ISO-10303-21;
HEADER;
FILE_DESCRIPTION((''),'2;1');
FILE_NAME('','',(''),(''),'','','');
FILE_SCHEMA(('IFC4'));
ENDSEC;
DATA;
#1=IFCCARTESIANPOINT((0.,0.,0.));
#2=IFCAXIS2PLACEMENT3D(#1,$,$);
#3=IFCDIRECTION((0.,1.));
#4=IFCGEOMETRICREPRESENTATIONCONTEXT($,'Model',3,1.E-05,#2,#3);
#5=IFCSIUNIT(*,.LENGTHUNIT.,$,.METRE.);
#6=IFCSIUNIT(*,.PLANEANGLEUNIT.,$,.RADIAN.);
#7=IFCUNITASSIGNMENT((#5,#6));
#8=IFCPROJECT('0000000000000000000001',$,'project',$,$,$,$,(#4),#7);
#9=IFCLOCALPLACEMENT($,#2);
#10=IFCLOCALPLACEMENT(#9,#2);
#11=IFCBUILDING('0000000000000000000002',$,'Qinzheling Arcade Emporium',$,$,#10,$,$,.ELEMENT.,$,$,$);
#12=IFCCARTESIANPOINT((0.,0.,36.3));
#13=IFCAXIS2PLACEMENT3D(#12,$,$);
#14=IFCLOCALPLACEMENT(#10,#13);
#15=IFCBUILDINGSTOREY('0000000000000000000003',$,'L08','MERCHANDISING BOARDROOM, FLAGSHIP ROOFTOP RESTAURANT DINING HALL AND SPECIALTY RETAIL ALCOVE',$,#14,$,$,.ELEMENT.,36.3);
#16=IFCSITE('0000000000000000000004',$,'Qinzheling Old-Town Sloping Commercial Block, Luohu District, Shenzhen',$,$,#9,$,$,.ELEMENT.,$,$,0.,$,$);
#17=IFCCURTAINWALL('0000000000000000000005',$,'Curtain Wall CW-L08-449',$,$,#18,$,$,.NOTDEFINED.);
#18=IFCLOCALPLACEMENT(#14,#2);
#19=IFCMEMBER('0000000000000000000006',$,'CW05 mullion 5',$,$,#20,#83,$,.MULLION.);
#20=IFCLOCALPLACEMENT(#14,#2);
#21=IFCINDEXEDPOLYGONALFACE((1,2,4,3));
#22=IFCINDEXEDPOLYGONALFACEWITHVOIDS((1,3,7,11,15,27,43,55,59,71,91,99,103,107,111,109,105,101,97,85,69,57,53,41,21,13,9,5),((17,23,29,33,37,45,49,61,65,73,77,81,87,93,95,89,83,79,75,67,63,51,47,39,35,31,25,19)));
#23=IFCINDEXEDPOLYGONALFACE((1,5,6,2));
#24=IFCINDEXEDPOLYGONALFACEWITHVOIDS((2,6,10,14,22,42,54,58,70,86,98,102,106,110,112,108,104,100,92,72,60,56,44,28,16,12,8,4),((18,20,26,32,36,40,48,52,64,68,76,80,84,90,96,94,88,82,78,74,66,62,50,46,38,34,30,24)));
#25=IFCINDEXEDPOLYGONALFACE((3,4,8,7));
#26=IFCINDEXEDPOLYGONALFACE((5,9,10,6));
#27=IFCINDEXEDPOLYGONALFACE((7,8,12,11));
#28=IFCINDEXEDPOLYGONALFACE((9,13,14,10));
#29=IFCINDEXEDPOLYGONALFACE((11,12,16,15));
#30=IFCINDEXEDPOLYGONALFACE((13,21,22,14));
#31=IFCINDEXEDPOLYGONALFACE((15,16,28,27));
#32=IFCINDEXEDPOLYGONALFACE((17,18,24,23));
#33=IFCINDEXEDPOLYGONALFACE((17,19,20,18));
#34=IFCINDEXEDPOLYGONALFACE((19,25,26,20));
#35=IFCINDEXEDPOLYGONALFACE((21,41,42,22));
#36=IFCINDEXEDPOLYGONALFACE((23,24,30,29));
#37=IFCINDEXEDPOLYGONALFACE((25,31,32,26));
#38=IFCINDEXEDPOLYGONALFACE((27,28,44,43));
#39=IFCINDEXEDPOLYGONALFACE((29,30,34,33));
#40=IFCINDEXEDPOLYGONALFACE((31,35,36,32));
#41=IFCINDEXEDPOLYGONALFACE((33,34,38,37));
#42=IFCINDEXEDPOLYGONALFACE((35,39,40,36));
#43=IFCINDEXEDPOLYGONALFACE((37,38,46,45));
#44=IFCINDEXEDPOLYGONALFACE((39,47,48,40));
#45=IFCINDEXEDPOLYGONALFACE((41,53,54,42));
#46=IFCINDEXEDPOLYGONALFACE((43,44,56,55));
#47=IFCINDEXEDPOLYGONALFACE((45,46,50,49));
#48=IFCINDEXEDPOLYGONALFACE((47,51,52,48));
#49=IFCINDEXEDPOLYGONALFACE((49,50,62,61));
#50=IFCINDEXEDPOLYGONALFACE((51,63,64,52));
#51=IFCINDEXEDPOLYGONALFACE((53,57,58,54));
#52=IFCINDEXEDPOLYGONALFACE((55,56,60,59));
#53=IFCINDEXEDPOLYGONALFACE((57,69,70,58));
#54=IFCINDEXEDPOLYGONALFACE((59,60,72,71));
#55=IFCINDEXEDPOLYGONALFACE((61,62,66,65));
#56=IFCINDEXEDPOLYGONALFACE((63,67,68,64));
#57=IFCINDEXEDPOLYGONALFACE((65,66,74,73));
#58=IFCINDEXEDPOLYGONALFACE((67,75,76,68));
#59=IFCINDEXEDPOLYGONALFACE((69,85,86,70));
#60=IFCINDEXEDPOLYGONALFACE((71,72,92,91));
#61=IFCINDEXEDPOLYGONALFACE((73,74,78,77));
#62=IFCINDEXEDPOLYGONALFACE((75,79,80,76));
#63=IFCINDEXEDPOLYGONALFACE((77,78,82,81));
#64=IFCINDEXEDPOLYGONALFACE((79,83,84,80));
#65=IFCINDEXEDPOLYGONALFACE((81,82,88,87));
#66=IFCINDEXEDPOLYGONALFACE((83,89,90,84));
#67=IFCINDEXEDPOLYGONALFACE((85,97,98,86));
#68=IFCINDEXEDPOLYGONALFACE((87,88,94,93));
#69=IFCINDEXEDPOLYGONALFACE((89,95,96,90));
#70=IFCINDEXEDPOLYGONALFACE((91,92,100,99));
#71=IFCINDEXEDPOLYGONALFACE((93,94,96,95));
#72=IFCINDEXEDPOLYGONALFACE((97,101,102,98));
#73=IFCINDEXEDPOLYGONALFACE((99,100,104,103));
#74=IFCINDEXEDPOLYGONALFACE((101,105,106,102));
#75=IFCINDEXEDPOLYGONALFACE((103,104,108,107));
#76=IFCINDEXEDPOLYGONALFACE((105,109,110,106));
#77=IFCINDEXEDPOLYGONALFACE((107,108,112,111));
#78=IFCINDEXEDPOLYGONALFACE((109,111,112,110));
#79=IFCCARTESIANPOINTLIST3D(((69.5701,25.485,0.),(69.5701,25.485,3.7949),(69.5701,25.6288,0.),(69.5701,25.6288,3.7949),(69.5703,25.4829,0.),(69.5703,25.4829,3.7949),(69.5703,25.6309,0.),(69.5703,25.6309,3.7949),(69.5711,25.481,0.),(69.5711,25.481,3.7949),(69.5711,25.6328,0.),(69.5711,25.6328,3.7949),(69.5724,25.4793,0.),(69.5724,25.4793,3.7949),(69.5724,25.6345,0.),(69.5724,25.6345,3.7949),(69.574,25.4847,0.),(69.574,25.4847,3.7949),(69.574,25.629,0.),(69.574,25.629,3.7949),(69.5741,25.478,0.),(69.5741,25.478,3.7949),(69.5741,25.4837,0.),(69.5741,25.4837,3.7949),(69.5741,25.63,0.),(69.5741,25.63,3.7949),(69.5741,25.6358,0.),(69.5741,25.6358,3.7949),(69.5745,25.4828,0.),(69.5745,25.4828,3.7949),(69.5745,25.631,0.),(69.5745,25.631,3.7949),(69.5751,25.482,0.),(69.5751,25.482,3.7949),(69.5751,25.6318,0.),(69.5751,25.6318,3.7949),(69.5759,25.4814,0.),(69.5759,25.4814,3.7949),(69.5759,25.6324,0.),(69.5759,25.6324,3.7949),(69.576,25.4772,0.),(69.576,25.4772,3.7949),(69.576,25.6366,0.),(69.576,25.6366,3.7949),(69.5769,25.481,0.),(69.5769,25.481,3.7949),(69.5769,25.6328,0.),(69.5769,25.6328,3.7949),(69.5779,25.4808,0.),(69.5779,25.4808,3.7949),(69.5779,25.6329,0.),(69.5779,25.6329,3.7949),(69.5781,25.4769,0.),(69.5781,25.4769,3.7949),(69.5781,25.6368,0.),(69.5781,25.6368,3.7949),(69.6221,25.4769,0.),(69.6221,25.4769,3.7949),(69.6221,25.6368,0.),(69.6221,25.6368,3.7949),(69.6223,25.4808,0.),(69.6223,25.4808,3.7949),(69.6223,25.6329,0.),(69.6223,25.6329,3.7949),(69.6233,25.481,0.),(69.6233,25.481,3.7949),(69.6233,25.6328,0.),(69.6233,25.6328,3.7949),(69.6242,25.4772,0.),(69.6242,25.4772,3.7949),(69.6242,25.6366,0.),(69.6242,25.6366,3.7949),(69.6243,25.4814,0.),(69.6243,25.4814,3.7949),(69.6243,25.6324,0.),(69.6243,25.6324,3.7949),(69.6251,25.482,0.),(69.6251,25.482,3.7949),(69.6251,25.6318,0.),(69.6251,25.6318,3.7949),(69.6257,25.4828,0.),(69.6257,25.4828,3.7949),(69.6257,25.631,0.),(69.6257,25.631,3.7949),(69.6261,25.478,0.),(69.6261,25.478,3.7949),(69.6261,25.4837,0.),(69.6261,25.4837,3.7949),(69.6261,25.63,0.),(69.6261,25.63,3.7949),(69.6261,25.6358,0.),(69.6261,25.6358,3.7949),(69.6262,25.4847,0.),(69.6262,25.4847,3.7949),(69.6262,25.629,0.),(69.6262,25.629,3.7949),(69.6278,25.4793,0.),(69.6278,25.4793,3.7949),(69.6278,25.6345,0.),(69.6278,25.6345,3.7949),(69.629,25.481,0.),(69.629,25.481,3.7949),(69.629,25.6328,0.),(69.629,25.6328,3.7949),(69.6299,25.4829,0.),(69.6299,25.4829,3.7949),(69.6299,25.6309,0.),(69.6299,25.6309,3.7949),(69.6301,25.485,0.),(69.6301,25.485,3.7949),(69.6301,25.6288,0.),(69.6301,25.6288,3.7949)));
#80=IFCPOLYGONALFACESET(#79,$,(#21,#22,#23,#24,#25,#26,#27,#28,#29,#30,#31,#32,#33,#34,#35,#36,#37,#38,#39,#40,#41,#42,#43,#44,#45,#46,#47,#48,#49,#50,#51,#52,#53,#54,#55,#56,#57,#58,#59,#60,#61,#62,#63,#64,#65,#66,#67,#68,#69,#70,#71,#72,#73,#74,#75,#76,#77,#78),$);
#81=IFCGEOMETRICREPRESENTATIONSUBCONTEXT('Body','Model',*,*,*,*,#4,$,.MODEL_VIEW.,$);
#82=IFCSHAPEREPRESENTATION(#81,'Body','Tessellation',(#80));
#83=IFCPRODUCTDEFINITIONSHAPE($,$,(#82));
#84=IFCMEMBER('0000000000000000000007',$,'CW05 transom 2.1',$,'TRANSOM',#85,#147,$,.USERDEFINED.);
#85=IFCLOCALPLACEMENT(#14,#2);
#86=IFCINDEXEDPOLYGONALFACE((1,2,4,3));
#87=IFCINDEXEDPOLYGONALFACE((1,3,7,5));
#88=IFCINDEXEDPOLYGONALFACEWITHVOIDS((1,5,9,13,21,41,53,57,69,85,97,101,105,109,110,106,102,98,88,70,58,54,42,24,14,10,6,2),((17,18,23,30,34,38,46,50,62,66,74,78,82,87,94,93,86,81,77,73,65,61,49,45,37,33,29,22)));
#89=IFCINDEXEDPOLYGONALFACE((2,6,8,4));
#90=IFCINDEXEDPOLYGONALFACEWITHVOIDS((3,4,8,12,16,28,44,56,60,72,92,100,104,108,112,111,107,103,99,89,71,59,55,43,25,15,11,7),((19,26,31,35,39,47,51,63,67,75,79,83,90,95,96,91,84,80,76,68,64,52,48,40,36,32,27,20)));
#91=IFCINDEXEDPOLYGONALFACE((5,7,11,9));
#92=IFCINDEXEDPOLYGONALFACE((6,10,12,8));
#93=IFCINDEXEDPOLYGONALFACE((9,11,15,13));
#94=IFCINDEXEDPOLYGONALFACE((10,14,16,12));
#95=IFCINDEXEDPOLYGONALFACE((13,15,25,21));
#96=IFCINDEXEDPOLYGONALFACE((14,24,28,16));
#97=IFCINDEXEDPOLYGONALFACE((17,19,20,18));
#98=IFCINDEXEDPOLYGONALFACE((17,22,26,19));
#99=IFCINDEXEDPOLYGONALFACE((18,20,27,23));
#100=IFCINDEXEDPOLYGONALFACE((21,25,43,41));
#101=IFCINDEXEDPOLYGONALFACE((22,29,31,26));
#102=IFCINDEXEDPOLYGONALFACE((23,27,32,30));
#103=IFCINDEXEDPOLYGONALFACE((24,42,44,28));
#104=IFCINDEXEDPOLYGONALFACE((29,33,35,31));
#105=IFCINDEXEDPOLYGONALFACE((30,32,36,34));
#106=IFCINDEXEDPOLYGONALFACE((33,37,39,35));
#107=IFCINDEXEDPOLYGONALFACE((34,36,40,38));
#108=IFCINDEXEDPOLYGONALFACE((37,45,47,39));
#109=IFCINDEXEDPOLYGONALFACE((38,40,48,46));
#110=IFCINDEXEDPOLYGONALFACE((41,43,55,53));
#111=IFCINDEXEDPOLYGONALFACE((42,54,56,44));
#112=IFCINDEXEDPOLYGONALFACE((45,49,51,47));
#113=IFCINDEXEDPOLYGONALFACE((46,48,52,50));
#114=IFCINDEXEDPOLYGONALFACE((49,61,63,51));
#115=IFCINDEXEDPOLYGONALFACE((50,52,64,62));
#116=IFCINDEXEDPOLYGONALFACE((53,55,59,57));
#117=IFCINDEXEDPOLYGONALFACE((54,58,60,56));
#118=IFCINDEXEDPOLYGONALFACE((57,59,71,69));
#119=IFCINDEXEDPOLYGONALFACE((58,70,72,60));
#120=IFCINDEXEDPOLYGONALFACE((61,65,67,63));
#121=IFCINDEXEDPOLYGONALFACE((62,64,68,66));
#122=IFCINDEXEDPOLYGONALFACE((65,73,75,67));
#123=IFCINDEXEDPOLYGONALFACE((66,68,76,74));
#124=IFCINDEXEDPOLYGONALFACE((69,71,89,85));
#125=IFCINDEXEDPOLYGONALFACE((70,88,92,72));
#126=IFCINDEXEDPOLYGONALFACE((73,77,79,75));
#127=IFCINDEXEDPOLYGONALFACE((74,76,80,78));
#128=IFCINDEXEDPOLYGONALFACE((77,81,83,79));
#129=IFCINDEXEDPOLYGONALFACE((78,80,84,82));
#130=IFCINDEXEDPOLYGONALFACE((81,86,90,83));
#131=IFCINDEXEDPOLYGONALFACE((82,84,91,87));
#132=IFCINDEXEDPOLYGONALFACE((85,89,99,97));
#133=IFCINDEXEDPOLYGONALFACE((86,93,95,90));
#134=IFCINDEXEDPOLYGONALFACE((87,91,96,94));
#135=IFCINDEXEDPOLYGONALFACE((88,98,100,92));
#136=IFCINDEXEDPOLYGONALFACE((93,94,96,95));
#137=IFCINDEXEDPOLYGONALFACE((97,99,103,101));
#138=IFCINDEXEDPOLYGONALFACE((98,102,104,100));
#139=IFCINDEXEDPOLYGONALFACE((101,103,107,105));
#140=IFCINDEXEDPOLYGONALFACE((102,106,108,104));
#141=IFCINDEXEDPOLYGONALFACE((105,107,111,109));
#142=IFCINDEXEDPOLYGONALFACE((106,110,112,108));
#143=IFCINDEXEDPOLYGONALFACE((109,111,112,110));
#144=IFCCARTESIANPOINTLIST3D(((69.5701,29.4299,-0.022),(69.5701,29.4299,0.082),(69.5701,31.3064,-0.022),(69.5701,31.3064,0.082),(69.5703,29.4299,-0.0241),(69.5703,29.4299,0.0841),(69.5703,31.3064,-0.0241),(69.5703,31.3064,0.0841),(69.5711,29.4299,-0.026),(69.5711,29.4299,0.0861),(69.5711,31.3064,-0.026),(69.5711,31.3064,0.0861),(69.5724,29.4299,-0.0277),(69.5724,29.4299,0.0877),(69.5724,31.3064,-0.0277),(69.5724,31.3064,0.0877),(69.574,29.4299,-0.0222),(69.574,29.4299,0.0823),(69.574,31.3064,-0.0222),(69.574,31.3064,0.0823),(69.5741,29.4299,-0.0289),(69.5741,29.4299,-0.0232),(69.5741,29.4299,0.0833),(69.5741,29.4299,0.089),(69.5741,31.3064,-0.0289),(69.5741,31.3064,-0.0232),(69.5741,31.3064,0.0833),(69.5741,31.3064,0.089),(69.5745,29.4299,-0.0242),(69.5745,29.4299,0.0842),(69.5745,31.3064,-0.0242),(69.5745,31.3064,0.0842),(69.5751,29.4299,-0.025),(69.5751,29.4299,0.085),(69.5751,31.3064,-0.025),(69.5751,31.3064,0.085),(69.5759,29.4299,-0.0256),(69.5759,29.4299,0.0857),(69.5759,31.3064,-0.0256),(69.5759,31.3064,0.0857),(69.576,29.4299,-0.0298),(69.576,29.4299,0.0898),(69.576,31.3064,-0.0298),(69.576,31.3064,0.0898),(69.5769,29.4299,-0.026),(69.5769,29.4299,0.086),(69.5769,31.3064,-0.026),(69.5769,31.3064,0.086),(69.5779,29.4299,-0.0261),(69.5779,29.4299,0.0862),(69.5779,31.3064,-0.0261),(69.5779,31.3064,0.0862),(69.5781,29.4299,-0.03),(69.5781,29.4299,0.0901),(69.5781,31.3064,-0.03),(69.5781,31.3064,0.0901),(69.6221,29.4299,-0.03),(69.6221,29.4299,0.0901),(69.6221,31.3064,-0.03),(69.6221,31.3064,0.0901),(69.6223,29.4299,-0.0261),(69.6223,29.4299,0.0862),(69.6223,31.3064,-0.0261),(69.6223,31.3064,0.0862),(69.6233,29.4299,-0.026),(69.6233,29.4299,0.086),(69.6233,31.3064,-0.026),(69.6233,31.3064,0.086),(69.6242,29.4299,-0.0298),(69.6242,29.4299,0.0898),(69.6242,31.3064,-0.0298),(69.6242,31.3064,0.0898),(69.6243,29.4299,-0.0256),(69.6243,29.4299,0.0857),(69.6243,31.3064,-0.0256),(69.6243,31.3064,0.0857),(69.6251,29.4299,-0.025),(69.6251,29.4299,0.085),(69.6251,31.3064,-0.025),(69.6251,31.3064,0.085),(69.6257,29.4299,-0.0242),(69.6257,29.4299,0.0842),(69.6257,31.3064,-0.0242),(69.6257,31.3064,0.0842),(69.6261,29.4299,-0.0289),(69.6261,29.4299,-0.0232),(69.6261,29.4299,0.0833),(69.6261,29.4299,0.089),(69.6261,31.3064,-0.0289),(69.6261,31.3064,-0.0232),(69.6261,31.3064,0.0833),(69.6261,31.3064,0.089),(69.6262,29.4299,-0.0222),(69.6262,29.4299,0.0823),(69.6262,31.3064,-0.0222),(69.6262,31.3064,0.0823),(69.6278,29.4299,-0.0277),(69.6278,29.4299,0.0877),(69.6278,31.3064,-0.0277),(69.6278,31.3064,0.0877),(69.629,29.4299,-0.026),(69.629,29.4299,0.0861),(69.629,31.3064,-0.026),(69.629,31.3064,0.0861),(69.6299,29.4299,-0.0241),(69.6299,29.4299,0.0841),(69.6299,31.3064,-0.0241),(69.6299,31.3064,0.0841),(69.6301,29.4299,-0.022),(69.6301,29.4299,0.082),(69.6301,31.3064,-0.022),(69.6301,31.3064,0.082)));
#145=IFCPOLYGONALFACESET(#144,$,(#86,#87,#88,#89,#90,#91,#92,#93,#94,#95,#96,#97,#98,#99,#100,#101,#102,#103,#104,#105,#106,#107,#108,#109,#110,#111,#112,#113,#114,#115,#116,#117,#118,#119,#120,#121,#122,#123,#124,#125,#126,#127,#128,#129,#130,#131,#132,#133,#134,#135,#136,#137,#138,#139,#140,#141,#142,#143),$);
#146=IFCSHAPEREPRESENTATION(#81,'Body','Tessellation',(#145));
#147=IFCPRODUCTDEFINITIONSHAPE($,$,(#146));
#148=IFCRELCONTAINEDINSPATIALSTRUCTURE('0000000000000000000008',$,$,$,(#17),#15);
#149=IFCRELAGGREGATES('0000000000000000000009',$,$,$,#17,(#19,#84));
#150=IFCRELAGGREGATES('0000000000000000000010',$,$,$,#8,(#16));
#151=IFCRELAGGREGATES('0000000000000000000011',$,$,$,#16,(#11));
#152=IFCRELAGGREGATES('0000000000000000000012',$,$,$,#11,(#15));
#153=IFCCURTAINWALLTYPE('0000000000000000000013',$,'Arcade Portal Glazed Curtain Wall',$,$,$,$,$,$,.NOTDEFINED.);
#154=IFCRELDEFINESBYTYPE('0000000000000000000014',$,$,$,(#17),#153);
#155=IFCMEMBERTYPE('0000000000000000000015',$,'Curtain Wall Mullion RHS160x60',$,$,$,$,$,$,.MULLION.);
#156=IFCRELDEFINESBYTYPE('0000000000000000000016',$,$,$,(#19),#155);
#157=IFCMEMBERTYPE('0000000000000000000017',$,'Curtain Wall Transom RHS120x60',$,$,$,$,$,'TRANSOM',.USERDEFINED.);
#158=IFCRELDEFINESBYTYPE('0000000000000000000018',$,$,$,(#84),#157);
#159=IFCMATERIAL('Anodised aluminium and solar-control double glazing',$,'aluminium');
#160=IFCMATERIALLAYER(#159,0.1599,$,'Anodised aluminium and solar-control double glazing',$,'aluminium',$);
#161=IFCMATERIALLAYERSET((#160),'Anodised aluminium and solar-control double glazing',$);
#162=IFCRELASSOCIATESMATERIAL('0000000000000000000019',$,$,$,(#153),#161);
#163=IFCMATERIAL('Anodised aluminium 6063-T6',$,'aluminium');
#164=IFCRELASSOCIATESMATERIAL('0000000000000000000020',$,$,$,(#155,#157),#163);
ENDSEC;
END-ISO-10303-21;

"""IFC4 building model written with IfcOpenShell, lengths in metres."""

from ifc_helpers import new_model, si_unit, direction, frame, origin, origin_2d, place, context, subcontext, project, spatial, hollow_rectangle, extrude, material, layer, layer_set, material_profile, profile_set, type_object, element, aggregate, save


model = new_model("IFC4")

# Units and contexts
model_context = context("Model", 3, precision=1e-05, world=origin(), true_north=direction((0.0, 1.0)))
body_context = subcontext(model_context, "Body", "Model", "MODEL_VIEW")
ifc_project = project(units=[si_unit("LENGTHUNIT", "METRE"), si_unit("PLANEANGLEUNIT", "RADIAN")], contexts=[model_context])

# Site, building, storey
site_placement = place(None, origin())
site = spatial("IfcSite", under=ifc_project, at=site_placement, Name="Qinzheling Old-Town Sloping Commercial Block, Luohu District, Shenzhen", CompositionType="ELEMENT", RefElevation=0.0)
building_placement = place(site_placement, origin())
building = spatial("IfcBuilding", under=site, at=building_placement, Name="Qinzheling Arcade Emporium", CompositionType="ELEMENT")
storey_placement = place(building_placement, frame((0.0, 0.0, 36.3)))
storey = spatial("IfcBuildingStorey", under=building, at=storey_placement, Name="L08", Description="MERCHANDISING BOARDROOM, FLAGSHIP ROOFTOP RESTAURANT DINING HALL AND SPECIALTY RETAIL ALCOVE", CompositionType="ELEMENT", Elevation=36.3)

# Curtain wall, members
ifc_material_1 = material(Name="Anodised aluminium and solar-control double glazing", Category="aluminium")
ifc_layer_1 = layer(ifc_material_1, 0.1599, Name="Anodised aluminium and solar-control double glazing", Category="aluminium")
ifc_layer_set_1 = layer_set([ifc_layer_1], Name="Anodised aluminium and solar-control double glazing")
curtain_wall_type = type_object("IfcCurtainWallType", Name="Arcade Portal Glazed Curtain Wall", PredefinedType="NOTDEFINED", material=ifc_layer_set_1)
curtain_wall_placement = place(storey_placement, origin())
curtain_wall = element("IfcCurtainWall", 1, at=curtain_wall_placement, inside=storey, type_object=curtain_wall_type, Name="Curtain Wall CW-L08-449", PredefinedType="NOTDEFINED")
ifc_material_2 = material(Name="Anodised aluminium 6063-T6", Category="aluminium")
ifc_material_profile_1 = material_profile(ifc_material_2, hollow_rectangle(XDim=0.0601, YDim=0.1599, WallThickness=0.0039, InnerFilletRadius=0.0039, OuterFilletRadius=0.0081, at=origin_2d()), Name="RHS 160x60x4", Category="aluminium")
ifc_profile_set_1 = profile_set([ifc_material_profile_1], Name="Anodised aluminium 6063-T6")
member_type_1 = type_object("IfcMemberType", Name="Curtain Wall Mullion RHS160x60", PredefinedType="MULLION", material=ifc_profile_set_1)
member_1_placement = place(storey_placement, frame((69.6001, 25.5569, 0.0), z_axis=(0.0, 0.0, 1.0), x_axis=(1.0, 0.0, 0.0)))
member_1 = element("IfcMember", 2, at=member_1_placement, type_object=member_type_1, Name="CW05 mullion 5", PredefinedType="MULLION", context=body_context, shape_type="SweptSolid", body=[
    extrude(hollow_rectangle(XDim=0.0601, YDim=0.1599, WallThickness=0.0039, InnerFilletRadius=0.0039, OuterFilletRadius=0.0081, at=origin_2d()), origin(), (0.0, 0.0, 1.0), 3.7949),
])
ifc_material_profile_2 = material_profile(ifc_material_2, hollow_rectangle(XDim=0.0601, YDim=0.1201, WallThickness=0.0039, InnerFilletRadius=0.0039, OuterFilletRadius=0.0081, at=origin_2d()), Name="RHS 120x60x4", Category="aluminium")
ifc_profile_set_2 = profile_set([ifc_material_profile_2], Name="Anodised aluminium 6063-T6")
member_type_2 = type_object("IfcMemberType", Name="Curtain Wall Transom RHS120x60", ElementType="TRANSOM", PredefinedType="USERDEFINED", material=ifc_profile_set_2)
member_2_placement = place(storey_placement, frame((69.6001, 31.3064, 0.03), z_axis=(0.0, -1.0, 0.0), x_axis=(1.0, 0.0, 0.0)))
member_2 = element("IfcMember", 3, at=member_2_placement, type_object=member_type_2, Name="CW05 transom 2.1", ObjectType="TRANSOM", PredefinedType="USERDEFINED", context=body_context, shape_type="SweptSolid", body=[
    extrude(hollow_rectangle(XDim=0.0601, YDim=0.1201, WallThickness=0.0039, InnerFilletRadius=0.0039, OuterFilletRadius=0.0081, at=origin_2d()), origin(), (0.0, 0.0, 1.0), 1.8765),
])

aggregate(curtain_wall, [member_1, member_2])

save(model, "model.ifc")
